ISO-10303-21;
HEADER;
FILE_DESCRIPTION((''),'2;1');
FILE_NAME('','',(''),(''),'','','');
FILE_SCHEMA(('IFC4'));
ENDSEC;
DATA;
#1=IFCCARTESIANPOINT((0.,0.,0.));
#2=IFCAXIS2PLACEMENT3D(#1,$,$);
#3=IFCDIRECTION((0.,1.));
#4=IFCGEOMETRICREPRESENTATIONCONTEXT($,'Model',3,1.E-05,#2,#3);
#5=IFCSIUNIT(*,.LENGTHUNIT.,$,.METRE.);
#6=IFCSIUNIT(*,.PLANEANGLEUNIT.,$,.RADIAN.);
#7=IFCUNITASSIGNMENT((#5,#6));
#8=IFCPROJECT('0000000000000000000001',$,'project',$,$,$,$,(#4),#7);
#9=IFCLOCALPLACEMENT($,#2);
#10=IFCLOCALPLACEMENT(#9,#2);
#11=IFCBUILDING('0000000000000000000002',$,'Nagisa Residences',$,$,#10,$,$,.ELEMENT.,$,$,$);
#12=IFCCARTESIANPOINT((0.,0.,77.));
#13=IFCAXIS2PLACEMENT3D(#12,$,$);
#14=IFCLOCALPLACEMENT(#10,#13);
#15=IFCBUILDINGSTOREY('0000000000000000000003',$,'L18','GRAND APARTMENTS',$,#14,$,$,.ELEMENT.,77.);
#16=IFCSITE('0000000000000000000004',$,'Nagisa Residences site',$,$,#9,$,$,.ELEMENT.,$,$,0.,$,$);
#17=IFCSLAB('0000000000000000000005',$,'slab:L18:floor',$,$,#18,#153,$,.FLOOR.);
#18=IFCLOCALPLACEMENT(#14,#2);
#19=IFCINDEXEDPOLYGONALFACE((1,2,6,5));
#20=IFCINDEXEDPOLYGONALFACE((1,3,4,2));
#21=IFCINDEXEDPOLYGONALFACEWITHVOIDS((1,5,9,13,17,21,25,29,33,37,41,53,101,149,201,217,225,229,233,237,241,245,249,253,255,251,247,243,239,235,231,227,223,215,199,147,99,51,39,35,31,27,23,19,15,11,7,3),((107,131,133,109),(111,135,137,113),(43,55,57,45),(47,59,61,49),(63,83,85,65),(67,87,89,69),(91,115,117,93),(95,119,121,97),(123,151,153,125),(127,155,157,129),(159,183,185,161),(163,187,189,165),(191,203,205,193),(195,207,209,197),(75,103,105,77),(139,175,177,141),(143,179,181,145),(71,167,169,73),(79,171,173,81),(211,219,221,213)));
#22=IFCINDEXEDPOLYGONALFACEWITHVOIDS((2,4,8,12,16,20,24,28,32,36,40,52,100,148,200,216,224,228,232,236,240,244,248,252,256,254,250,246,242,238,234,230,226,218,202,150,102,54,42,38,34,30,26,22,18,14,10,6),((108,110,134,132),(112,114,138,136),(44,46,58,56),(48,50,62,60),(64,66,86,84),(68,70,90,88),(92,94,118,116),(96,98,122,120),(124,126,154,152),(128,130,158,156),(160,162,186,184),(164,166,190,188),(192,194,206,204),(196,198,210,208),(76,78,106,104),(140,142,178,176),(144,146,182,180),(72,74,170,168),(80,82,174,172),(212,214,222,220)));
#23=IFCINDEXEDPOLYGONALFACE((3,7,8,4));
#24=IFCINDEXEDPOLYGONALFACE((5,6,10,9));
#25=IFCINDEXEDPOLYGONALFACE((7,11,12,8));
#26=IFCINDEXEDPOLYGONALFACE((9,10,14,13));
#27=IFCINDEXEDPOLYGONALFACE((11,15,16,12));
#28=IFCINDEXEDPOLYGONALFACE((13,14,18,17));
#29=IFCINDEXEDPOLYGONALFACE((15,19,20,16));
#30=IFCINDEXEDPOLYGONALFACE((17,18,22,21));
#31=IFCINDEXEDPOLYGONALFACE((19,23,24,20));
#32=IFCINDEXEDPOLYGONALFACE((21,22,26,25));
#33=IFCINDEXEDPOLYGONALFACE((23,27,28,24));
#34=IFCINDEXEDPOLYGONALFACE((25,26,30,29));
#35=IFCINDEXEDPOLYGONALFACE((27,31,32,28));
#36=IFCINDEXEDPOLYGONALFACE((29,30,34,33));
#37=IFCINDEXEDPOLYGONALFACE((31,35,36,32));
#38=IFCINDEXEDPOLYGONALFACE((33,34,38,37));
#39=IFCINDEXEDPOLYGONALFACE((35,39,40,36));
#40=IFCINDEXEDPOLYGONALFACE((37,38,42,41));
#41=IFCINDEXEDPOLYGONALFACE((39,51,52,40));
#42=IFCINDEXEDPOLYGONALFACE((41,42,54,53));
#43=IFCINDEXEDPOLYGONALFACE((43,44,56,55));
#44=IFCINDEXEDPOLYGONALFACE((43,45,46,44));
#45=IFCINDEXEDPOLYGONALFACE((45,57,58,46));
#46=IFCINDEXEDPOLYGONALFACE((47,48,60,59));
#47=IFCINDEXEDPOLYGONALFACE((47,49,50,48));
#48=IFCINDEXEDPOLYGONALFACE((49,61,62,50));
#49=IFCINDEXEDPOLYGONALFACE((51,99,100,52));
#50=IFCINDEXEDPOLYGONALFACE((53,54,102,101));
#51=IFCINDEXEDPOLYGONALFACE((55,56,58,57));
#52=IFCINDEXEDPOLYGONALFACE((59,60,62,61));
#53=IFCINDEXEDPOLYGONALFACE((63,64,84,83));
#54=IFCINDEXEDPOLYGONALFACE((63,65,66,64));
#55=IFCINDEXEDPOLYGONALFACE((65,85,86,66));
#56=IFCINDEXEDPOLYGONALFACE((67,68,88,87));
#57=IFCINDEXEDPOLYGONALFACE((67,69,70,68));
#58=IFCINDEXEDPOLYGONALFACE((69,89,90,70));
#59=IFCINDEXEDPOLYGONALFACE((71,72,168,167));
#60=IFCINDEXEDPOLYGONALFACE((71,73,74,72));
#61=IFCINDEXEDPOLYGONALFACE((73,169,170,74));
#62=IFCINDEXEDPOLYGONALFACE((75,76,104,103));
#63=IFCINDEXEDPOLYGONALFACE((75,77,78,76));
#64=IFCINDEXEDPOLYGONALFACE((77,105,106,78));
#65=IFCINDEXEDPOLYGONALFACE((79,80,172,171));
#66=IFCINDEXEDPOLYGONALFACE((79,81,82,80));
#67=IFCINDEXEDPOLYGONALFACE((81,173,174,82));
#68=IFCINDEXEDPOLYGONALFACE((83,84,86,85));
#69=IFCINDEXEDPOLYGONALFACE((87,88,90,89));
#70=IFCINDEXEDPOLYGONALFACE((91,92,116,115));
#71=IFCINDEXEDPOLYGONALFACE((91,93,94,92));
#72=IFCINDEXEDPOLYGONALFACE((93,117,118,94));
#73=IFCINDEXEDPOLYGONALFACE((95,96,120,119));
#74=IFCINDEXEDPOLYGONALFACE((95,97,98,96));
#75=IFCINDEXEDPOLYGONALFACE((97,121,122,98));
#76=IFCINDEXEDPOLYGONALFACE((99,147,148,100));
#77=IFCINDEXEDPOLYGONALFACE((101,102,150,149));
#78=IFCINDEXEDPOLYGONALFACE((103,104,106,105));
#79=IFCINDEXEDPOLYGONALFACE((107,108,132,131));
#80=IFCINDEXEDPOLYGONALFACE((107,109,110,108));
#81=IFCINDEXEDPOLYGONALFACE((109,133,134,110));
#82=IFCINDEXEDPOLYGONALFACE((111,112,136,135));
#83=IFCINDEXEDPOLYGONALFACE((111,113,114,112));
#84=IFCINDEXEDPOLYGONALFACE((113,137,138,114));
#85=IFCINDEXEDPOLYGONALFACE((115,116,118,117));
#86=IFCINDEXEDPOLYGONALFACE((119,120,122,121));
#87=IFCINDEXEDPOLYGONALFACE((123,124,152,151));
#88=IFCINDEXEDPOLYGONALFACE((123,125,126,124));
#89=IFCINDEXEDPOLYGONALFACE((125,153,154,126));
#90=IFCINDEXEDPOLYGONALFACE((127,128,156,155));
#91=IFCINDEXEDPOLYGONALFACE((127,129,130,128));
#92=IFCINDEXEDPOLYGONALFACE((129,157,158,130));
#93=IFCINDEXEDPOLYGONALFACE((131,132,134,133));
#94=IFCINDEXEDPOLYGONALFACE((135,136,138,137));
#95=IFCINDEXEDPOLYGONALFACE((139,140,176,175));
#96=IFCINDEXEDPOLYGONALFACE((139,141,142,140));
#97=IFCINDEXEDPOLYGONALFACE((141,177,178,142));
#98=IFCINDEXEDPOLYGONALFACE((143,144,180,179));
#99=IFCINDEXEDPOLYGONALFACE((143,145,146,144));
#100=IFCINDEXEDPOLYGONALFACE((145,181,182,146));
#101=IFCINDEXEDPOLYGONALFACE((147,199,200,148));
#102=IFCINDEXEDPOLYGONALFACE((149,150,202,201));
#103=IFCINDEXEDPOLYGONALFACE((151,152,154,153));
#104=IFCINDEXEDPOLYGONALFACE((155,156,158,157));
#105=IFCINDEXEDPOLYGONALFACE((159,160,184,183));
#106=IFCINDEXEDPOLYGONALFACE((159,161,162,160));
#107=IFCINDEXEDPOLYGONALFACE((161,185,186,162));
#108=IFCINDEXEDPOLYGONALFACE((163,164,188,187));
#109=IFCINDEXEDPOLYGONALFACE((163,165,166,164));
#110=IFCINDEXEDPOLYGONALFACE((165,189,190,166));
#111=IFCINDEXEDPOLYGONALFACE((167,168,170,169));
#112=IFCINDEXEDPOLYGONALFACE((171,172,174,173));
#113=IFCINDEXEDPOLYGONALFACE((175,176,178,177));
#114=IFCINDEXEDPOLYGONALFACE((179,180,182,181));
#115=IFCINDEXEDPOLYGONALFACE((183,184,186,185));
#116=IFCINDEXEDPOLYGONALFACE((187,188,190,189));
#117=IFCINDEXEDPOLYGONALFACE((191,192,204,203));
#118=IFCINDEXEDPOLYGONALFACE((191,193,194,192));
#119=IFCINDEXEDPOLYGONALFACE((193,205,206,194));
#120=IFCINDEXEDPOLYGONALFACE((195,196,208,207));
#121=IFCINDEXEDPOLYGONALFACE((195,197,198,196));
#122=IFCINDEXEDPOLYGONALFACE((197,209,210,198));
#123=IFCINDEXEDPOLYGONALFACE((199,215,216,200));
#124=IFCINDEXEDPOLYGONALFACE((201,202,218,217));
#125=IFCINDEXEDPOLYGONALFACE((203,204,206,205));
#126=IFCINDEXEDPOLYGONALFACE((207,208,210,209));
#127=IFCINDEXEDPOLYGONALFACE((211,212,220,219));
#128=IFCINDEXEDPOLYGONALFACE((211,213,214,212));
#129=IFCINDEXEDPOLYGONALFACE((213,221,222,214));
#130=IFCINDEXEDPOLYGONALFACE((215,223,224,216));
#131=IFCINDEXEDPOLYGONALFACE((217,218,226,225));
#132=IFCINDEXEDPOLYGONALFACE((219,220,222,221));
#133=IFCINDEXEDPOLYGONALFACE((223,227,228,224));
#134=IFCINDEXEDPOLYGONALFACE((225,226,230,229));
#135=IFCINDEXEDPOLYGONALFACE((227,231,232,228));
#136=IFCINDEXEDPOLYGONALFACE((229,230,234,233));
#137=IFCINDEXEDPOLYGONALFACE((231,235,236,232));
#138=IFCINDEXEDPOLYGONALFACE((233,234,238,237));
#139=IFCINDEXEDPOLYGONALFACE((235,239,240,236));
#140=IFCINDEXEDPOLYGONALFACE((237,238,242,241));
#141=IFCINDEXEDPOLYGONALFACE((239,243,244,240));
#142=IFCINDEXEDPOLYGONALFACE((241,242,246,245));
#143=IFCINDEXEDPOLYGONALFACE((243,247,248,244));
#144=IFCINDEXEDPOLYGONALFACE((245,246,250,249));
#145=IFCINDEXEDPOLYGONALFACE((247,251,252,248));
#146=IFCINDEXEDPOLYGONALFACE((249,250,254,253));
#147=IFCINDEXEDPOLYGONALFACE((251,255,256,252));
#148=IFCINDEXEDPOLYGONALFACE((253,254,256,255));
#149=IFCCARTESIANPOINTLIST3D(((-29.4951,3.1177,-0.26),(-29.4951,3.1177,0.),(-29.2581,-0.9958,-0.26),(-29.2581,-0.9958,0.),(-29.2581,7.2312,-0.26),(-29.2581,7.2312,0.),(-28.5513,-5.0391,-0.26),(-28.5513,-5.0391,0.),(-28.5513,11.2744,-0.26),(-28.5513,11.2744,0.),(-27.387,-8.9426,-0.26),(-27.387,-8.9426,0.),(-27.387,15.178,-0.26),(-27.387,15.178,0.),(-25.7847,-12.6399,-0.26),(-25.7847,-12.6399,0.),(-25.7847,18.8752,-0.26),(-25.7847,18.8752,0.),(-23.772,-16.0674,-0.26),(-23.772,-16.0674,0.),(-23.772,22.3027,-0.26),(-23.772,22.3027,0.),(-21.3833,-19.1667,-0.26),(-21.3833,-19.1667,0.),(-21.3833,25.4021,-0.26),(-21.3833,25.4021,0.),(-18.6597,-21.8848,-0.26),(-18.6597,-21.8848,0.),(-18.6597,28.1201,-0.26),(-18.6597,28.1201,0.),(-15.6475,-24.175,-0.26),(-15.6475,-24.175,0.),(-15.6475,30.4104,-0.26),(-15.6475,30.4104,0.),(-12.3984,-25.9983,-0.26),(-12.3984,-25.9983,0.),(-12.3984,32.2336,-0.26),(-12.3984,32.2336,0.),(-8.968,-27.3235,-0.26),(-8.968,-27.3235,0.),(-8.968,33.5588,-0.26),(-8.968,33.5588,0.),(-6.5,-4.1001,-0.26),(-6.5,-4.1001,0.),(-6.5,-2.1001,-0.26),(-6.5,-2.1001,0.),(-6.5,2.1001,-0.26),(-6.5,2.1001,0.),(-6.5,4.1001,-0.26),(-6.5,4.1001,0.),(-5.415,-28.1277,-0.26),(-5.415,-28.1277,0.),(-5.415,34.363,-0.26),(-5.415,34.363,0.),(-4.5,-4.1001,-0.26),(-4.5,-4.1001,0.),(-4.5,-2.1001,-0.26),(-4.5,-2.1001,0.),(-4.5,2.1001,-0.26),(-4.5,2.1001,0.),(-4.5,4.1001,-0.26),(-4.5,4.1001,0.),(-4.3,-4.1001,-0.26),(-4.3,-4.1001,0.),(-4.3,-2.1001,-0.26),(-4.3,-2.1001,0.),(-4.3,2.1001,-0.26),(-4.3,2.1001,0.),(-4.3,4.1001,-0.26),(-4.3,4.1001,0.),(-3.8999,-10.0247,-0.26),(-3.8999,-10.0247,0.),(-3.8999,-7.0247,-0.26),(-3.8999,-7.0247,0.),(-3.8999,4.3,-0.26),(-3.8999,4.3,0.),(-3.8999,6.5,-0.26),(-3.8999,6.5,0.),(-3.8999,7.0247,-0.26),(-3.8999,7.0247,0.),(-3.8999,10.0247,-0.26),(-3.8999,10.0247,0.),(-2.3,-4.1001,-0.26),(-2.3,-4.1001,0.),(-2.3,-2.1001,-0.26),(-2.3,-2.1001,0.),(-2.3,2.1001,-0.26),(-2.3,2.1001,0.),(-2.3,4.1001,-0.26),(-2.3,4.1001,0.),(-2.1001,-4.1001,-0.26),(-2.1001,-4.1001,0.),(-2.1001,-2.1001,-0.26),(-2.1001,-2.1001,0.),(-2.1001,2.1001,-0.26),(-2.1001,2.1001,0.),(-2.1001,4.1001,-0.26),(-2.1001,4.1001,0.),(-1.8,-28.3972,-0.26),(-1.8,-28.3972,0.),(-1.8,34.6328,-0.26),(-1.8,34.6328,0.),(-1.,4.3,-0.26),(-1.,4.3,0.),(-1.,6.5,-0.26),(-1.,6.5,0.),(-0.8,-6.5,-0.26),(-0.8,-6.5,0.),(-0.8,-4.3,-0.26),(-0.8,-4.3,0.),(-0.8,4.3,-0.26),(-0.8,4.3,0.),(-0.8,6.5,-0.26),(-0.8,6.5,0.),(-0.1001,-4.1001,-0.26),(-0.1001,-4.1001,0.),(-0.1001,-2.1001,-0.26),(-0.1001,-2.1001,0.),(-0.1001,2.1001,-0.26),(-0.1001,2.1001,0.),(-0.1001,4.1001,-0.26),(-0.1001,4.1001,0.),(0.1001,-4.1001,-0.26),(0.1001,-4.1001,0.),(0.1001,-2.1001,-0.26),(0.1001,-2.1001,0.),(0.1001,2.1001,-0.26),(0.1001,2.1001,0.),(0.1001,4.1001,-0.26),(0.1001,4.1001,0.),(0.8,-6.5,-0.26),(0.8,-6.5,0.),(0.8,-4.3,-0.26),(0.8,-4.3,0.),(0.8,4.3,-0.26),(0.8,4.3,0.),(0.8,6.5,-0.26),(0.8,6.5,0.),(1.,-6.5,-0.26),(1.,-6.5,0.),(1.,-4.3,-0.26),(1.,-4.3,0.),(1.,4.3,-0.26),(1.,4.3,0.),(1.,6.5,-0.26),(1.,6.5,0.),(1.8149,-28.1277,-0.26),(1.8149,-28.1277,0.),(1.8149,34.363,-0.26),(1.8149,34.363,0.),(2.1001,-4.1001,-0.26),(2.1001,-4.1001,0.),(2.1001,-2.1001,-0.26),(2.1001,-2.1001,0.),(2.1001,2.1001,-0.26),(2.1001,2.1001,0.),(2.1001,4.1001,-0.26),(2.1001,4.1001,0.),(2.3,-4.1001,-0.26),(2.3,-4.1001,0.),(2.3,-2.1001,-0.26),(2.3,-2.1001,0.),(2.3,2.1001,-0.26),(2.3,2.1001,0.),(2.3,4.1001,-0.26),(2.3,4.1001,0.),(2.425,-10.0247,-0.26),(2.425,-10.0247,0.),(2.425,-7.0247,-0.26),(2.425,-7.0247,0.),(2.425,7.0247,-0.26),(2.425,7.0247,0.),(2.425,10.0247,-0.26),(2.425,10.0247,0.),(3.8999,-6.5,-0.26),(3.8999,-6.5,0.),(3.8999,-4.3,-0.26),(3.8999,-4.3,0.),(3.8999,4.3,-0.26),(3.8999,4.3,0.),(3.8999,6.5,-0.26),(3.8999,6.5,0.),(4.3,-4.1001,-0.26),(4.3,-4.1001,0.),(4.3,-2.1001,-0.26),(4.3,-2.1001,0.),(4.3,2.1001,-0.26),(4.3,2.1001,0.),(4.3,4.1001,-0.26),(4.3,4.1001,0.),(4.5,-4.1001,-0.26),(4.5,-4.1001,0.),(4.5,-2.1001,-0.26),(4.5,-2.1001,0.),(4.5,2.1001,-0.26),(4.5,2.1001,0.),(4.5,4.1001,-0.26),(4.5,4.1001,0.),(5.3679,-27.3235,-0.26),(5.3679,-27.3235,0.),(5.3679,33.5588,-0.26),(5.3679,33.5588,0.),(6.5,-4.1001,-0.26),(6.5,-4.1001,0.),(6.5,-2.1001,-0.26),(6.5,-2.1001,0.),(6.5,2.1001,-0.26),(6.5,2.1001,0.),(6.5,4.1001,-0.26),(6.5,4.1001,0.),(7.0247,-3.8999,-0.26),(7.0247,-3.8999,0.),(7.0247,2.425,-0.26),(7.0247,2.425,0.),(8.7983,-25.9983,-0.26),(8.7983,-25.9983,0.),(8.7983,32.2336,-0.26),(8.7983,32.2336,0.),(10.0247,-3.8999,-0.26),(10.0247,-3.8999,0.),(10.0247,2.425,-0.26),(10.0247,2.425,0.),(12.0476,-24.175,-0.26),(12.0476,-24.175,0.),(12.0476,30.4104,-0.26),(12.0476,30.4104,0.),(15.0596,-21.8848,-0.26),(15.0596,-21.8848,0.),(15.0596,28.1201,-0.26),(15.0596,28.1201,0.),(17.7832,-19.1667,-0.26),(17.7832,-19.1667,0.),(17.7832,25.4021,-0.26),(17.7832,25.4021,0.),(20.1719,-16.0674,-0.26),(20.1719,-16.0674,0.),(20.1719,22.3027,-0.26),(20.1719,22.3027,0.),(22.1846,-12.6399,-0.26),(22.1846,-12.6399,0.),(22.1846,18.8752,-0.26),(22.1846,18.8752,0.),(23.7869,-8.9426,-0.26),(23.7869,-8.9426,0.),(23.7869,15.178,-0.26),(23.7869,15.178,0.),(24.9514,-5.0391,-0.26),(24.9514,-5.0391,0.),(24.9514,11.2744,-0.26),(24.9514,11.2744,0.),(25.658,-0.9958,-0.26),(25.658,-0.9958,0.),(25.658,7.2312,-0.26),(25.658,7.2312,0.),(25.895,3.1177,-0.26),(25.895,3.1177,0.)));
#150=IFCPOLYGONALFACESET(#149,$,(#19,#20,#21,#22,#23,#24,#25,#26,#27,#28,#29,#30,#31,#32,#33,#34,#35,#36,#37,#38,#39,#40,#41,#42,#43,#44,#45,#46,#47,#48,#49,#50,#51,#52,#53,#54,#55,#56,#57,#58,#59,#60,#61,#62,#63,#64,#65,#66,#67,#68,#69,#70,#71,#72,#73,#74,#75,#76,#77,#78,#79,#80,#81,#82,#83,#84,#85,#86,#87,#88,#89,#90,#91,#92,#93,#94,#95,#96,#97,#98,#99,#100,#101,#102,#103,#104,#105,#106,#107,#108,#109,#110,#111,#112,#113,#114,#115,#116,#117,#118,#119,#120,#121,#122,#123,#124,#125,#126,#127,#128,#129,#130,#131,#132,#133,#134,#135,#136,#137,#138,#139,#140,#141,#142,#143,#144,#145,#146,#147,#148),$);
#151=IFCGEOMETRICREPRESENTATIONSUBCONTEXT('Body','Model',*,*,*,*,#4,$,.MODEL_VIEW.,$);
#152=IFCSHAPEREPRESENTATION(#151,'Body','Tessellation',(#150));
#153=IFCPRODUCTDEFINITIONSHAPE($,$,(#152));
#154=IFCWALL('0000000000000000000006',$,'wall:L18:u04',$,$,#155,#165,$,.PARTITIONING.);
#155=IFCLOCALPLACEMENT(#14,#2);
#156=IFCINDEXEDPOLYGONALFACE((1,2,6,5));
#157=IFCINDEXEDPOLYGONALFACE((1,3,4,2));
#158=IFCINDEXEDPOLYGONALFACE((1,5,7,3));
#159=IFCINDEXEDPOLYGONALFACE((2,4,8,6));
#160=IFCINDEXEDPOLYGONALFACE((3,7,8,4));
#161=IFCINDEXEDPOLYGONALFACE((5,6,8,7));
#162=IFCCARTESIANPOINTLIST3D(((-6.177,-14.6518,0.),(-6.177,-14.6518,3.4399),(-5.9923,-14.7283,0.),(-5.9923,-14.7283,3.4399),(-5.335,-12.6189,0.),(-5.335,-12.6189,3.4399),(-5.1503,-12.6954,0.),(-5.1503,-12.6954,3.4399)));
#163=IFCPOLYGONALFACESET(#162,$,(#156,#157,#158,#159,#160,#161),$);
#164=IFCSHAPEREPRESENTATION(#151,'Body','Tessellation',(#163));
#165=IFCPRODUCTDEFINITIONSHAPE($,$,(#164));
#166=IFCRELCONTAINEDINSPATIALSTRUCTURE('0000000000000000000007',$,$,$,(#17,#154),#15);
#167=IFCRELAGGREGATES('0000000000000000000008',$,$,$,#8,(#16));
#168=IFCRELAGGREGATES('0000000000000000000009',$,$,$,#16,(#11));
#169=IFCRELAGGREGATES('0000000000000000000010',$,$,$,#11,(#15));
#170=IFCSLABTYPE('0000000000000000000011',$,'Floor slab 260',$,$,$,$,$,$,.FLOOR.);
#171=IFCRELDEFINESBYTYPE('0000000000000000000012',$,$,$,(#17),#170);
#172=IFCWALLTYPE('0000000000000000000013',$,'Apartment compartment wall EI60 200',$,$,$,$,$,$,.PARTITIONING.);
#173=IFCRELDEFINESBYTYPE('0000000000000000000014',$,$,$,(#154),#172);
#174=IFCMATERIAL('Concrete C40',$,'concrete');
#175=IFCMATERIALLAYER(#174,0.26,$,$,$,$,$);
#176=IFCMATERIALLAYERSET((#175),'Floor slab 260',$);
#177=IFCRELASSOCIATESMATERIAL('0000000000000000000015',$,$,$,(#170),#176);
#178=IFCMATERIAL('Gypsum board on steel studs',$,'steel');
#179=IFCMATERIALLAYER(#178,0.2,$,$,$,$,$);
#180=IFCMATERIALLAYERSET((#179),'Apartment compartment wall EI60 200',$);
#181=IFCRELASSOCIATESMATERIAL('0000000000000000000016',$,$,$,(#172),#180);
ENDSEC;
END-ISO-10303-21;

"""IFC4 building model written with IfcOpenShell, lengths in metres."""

from ifc_helpers import new_model, si_unit, direction, frame, frame_2d, origin, place, context, subcontext, project, spatial, polyline, rectangle, outline, extrude, material, layer, layer_set, type_object, element, save


model = new_model("IFC4")

# Units and contexts
model_context = context("Model", 3, precision=1e-05, world=origin(), true_north=direction((0.0, 1.0)))
body_context = subcontext(model_context, "Body", "Model", "MODEL_VIEW")
ifc_project = project(units=[si_unit("LENGTHUNIT", "METRE"), si_unit("PLANEANGLEUNIT", "RADIAN")], contexts=[model_context])

# Site, building, storey
site_placement = place(None, origin())
site = spatial("IfcSite", under=ifc_project, at=site_placement, Name="Nagisa Residences site", CompositionType="ELEMENT", RefElevation=0.0)
building_placement = place(site_placement, origin())
building = spatial("IfcBuilding", under=site, at=building_placement, Name="Nagisa Residences", CompositionType="ELEMENT")
storey_placement = place(building_placement, frame((0.0, 0.0, 77.0)))
storey = spatial("IfcBuildingStorey", under=building, at=storey_placement, Name="L18", Description="GRAND APARTMENTS", CompositionType="ELEMENT", Elevation=77.0)

# Slab
ifc_material_1 = material(Name="Concrete C40", Category="concrete")
ifc_layer_1 = layer(ifc_material_1, 0.26)
ifc_layer_set_1 = layer_set([ifc_layer_1], Name="Floor slab 260")
slab_type_1 = type_object("IfcSlabType", Name="Floor slab 260", PredefinedType="FLOOR", material=ifc_layer_set_1)
slab_1_placement = place(storey_placement, frame((0.0, 0.0, -0.26)))
element("IfcSlab", 1, at=slab_1_placement, inside=storey, type_object=slab_type_1, Name="slab:L18:floor", PredefinedType="FLOOR", context=body_context, shape_type="SweptSolid", body=[
    extrude(outline(polyline([(25.895, 3.1177), (25.658, 7.2312), (24.9514, 11.2744), (23.7869, 15.178), (22.1846, 18.8752), (20.1719, 22.3027), (17.7832, 25.4021), (15.0596, 28.1201), (12.0476, 30.4104), (8.7983, 32.2336), (5.3679, 33.5588), (1.8149, 34.363), (-1.8, 34.6328), (-5.415, 34.363), (-8.968, 33.5588), (-12.3984, 32.2336), (-15.6475, 30.4104), (-18.6597, 28.1201), (-21.3833, 25.4021), (-23.772, 22.3027), (-25.7847, 18.8752), (-27.387, 15.178), (-28.5513, 11.2744), (-29.2581, 7.2312), (-29.4951, 3.1177), (-29.2581, -0.9958), (-28.5513, -5.0391), (-27.387, -8.9426), (-25.7847, -12.6399), (-23.772, -16.0674), (-21.3833, -19.1667), (-18.6597, -21.8848), (-15.6475, -24.175), (-12.3984, -25.9983), (-8.968, -27.3235), (-5.415, -28.1277), (-1.8, -28.3972), (1.8149, -28.1277), (5.3679, -27.3235), (8.7983, -25.9983), (12.0476, -24.175), (15.0596, -21.8848), (17.7832, -19.1667), (20.1719, -16.0674), (22.1846, -12.6399), (23.7869, -8.9426), (24.9514, -5.0391), (25.658, -0.9958), (25.895, 3.1177)]), holes=[polyline([(-4.5, 2.1001), (-4.5, 4.1001), (-6.5, 4.1001), (-6.5, 2.1001), (-4.5, 2.1001)]), polyline([(-2.3, 2.1001), (-2.3, 4.1001), (-4.3, 4.1001), (-4.3, 2.1001), (-2.3, 2.1001)]), polyline([(-0.1001, 2.1001), (-0.1001, 4.1001), (-2.1001, 4.1001), (-2.1001, 2.1001), (-0.1001, 2.1001)]), polyline([(2.1001, 2.1001), (2.1001, 4.1001), (0.1001, 4.1001), (0.1001, 2.1001), (2.1001, 2.1001)]), polyline([(4.3, 2.1001), (4.3, 4.1001), (2.3, 4.1001), (2.3, 2.1001), (4.3, 2.1001)]), polyline([(6.5, 2.1001), (6.5, 4.1001), (4.5, 4.1001), (4.5, 2.1001), (6.5, 2.1001)]), polyline([(-4.5, -4.1001), (-4.5, -2.1001), (-6.5, -2.1001), (-6.5, -4.1001), (-4.5, -4.1001)]), polyline([(-2.3, -4.1001), (-2.3, -2.1001), (-4.3, -2.1001), (-4.3, -4.1001), (-2.3, -4.1001)]), polyline([(-0.1001, -4.1001), (-0.1001, -2.1001), (-2.1001, -2.1001), (-2.1001, -4.1001), (-0.1001, -4.1001)]), polyline([(2.1001, -4.1001), (2.1001, -2.1001), (0.1001, -2.1001), (0.1001, -4.1001), (2.1001, -4.1001)]), polyline([(4.3, -4.1001), (4.3, -2.1001), (2.3, -2.1001), (2.3, -4.1001), (4.3, -4.1001)]), polyline([(6.5, -4.1001), (6.5, -2.1001), (4.5, -2.1001), (4.5, -4.1001), (6.5, -4.1001)]), polyline([(3.8999, 4.3), (3.8999, 6.5), (1.0, 6.5), (1.0, 4.3), (3.8999, 4.3)]), polyline([(3.8999, -6.5), (3.8999, -4.3), (1.0, -4.3), (1.0, -6.5), (3.8999, -6.5)]), polyline([(-1.0, 4.3), (-1.0, 6.5), (-3.8999, 6.5), (-3.8999, 4.3), (-1.0, 4.3)]), polyline([(0.8, 4.3), (0.8, 6.5), (-0.8, 6.5), (-0.8, 4.3), (0.8, 4.3)]), polyline([(0.8, -6.5), (0.8, -4.3), (-0.8, -4.3), (-0.8, -6.5), (0.8, -6.5)]), polyline([(10.0247, -3.8999), (7.0247, -3.8999), (7.0247, 2.425), (10.0247, 2.425), (10.0247, -3.8999)]), polyline([(-3.8999, 7.0247), (-3.8999, 10.0247), (2.425, 10.0247), (2.425, 7.0247), (-3.8999, 7.0247)]), polyline([(-3.8999, -10.0247), (-3.8999, -7.0247), (2.425, -7.0247), (2.425, -10.0247), (-3.8999, -10.0247)])]), origin(), (0.0, 0.0, 1.0), 0.26),
])

# Wall
ifc_material_2 = material(Name="Gypsum board on steel studs", Category="steel")
ifc_layer_2 = layer(ifc_material_2, 0.2)
ifc_layer_set_2 = layer_set([ifc_layer_2], Name="Apartment compartment wall EI60 200")
wall_type_1 = type_object("IfcWallType", Name="Apartment compartment wall EI60 200", PredefinedType="PARTITIONING", material=ifc_layer_set_2)
wall_1_placement = place(storey_placement, frame((-5.2427, -12.6572, 0.0), z_axis=(0.0, 0.0, 1.0), x_axis=(-0.382669, -0.923886, 0.0)))
element("IfcWall", 2, at=wall_1_placement, inside=storey, type_object=wall_type_1, Name="wall:L18:u04", PredefinedType="PARTITIONING", context=body_context, shape_type="SweptSolid", body=[
    extrude(rectangle(XDim=2.2004, YDim=0.2, at=frame_2d((1.1001, 0.0))), origin(), (0.0, 0.0, 1.0), 3.4399),
])

save(model, "model.ifc")
